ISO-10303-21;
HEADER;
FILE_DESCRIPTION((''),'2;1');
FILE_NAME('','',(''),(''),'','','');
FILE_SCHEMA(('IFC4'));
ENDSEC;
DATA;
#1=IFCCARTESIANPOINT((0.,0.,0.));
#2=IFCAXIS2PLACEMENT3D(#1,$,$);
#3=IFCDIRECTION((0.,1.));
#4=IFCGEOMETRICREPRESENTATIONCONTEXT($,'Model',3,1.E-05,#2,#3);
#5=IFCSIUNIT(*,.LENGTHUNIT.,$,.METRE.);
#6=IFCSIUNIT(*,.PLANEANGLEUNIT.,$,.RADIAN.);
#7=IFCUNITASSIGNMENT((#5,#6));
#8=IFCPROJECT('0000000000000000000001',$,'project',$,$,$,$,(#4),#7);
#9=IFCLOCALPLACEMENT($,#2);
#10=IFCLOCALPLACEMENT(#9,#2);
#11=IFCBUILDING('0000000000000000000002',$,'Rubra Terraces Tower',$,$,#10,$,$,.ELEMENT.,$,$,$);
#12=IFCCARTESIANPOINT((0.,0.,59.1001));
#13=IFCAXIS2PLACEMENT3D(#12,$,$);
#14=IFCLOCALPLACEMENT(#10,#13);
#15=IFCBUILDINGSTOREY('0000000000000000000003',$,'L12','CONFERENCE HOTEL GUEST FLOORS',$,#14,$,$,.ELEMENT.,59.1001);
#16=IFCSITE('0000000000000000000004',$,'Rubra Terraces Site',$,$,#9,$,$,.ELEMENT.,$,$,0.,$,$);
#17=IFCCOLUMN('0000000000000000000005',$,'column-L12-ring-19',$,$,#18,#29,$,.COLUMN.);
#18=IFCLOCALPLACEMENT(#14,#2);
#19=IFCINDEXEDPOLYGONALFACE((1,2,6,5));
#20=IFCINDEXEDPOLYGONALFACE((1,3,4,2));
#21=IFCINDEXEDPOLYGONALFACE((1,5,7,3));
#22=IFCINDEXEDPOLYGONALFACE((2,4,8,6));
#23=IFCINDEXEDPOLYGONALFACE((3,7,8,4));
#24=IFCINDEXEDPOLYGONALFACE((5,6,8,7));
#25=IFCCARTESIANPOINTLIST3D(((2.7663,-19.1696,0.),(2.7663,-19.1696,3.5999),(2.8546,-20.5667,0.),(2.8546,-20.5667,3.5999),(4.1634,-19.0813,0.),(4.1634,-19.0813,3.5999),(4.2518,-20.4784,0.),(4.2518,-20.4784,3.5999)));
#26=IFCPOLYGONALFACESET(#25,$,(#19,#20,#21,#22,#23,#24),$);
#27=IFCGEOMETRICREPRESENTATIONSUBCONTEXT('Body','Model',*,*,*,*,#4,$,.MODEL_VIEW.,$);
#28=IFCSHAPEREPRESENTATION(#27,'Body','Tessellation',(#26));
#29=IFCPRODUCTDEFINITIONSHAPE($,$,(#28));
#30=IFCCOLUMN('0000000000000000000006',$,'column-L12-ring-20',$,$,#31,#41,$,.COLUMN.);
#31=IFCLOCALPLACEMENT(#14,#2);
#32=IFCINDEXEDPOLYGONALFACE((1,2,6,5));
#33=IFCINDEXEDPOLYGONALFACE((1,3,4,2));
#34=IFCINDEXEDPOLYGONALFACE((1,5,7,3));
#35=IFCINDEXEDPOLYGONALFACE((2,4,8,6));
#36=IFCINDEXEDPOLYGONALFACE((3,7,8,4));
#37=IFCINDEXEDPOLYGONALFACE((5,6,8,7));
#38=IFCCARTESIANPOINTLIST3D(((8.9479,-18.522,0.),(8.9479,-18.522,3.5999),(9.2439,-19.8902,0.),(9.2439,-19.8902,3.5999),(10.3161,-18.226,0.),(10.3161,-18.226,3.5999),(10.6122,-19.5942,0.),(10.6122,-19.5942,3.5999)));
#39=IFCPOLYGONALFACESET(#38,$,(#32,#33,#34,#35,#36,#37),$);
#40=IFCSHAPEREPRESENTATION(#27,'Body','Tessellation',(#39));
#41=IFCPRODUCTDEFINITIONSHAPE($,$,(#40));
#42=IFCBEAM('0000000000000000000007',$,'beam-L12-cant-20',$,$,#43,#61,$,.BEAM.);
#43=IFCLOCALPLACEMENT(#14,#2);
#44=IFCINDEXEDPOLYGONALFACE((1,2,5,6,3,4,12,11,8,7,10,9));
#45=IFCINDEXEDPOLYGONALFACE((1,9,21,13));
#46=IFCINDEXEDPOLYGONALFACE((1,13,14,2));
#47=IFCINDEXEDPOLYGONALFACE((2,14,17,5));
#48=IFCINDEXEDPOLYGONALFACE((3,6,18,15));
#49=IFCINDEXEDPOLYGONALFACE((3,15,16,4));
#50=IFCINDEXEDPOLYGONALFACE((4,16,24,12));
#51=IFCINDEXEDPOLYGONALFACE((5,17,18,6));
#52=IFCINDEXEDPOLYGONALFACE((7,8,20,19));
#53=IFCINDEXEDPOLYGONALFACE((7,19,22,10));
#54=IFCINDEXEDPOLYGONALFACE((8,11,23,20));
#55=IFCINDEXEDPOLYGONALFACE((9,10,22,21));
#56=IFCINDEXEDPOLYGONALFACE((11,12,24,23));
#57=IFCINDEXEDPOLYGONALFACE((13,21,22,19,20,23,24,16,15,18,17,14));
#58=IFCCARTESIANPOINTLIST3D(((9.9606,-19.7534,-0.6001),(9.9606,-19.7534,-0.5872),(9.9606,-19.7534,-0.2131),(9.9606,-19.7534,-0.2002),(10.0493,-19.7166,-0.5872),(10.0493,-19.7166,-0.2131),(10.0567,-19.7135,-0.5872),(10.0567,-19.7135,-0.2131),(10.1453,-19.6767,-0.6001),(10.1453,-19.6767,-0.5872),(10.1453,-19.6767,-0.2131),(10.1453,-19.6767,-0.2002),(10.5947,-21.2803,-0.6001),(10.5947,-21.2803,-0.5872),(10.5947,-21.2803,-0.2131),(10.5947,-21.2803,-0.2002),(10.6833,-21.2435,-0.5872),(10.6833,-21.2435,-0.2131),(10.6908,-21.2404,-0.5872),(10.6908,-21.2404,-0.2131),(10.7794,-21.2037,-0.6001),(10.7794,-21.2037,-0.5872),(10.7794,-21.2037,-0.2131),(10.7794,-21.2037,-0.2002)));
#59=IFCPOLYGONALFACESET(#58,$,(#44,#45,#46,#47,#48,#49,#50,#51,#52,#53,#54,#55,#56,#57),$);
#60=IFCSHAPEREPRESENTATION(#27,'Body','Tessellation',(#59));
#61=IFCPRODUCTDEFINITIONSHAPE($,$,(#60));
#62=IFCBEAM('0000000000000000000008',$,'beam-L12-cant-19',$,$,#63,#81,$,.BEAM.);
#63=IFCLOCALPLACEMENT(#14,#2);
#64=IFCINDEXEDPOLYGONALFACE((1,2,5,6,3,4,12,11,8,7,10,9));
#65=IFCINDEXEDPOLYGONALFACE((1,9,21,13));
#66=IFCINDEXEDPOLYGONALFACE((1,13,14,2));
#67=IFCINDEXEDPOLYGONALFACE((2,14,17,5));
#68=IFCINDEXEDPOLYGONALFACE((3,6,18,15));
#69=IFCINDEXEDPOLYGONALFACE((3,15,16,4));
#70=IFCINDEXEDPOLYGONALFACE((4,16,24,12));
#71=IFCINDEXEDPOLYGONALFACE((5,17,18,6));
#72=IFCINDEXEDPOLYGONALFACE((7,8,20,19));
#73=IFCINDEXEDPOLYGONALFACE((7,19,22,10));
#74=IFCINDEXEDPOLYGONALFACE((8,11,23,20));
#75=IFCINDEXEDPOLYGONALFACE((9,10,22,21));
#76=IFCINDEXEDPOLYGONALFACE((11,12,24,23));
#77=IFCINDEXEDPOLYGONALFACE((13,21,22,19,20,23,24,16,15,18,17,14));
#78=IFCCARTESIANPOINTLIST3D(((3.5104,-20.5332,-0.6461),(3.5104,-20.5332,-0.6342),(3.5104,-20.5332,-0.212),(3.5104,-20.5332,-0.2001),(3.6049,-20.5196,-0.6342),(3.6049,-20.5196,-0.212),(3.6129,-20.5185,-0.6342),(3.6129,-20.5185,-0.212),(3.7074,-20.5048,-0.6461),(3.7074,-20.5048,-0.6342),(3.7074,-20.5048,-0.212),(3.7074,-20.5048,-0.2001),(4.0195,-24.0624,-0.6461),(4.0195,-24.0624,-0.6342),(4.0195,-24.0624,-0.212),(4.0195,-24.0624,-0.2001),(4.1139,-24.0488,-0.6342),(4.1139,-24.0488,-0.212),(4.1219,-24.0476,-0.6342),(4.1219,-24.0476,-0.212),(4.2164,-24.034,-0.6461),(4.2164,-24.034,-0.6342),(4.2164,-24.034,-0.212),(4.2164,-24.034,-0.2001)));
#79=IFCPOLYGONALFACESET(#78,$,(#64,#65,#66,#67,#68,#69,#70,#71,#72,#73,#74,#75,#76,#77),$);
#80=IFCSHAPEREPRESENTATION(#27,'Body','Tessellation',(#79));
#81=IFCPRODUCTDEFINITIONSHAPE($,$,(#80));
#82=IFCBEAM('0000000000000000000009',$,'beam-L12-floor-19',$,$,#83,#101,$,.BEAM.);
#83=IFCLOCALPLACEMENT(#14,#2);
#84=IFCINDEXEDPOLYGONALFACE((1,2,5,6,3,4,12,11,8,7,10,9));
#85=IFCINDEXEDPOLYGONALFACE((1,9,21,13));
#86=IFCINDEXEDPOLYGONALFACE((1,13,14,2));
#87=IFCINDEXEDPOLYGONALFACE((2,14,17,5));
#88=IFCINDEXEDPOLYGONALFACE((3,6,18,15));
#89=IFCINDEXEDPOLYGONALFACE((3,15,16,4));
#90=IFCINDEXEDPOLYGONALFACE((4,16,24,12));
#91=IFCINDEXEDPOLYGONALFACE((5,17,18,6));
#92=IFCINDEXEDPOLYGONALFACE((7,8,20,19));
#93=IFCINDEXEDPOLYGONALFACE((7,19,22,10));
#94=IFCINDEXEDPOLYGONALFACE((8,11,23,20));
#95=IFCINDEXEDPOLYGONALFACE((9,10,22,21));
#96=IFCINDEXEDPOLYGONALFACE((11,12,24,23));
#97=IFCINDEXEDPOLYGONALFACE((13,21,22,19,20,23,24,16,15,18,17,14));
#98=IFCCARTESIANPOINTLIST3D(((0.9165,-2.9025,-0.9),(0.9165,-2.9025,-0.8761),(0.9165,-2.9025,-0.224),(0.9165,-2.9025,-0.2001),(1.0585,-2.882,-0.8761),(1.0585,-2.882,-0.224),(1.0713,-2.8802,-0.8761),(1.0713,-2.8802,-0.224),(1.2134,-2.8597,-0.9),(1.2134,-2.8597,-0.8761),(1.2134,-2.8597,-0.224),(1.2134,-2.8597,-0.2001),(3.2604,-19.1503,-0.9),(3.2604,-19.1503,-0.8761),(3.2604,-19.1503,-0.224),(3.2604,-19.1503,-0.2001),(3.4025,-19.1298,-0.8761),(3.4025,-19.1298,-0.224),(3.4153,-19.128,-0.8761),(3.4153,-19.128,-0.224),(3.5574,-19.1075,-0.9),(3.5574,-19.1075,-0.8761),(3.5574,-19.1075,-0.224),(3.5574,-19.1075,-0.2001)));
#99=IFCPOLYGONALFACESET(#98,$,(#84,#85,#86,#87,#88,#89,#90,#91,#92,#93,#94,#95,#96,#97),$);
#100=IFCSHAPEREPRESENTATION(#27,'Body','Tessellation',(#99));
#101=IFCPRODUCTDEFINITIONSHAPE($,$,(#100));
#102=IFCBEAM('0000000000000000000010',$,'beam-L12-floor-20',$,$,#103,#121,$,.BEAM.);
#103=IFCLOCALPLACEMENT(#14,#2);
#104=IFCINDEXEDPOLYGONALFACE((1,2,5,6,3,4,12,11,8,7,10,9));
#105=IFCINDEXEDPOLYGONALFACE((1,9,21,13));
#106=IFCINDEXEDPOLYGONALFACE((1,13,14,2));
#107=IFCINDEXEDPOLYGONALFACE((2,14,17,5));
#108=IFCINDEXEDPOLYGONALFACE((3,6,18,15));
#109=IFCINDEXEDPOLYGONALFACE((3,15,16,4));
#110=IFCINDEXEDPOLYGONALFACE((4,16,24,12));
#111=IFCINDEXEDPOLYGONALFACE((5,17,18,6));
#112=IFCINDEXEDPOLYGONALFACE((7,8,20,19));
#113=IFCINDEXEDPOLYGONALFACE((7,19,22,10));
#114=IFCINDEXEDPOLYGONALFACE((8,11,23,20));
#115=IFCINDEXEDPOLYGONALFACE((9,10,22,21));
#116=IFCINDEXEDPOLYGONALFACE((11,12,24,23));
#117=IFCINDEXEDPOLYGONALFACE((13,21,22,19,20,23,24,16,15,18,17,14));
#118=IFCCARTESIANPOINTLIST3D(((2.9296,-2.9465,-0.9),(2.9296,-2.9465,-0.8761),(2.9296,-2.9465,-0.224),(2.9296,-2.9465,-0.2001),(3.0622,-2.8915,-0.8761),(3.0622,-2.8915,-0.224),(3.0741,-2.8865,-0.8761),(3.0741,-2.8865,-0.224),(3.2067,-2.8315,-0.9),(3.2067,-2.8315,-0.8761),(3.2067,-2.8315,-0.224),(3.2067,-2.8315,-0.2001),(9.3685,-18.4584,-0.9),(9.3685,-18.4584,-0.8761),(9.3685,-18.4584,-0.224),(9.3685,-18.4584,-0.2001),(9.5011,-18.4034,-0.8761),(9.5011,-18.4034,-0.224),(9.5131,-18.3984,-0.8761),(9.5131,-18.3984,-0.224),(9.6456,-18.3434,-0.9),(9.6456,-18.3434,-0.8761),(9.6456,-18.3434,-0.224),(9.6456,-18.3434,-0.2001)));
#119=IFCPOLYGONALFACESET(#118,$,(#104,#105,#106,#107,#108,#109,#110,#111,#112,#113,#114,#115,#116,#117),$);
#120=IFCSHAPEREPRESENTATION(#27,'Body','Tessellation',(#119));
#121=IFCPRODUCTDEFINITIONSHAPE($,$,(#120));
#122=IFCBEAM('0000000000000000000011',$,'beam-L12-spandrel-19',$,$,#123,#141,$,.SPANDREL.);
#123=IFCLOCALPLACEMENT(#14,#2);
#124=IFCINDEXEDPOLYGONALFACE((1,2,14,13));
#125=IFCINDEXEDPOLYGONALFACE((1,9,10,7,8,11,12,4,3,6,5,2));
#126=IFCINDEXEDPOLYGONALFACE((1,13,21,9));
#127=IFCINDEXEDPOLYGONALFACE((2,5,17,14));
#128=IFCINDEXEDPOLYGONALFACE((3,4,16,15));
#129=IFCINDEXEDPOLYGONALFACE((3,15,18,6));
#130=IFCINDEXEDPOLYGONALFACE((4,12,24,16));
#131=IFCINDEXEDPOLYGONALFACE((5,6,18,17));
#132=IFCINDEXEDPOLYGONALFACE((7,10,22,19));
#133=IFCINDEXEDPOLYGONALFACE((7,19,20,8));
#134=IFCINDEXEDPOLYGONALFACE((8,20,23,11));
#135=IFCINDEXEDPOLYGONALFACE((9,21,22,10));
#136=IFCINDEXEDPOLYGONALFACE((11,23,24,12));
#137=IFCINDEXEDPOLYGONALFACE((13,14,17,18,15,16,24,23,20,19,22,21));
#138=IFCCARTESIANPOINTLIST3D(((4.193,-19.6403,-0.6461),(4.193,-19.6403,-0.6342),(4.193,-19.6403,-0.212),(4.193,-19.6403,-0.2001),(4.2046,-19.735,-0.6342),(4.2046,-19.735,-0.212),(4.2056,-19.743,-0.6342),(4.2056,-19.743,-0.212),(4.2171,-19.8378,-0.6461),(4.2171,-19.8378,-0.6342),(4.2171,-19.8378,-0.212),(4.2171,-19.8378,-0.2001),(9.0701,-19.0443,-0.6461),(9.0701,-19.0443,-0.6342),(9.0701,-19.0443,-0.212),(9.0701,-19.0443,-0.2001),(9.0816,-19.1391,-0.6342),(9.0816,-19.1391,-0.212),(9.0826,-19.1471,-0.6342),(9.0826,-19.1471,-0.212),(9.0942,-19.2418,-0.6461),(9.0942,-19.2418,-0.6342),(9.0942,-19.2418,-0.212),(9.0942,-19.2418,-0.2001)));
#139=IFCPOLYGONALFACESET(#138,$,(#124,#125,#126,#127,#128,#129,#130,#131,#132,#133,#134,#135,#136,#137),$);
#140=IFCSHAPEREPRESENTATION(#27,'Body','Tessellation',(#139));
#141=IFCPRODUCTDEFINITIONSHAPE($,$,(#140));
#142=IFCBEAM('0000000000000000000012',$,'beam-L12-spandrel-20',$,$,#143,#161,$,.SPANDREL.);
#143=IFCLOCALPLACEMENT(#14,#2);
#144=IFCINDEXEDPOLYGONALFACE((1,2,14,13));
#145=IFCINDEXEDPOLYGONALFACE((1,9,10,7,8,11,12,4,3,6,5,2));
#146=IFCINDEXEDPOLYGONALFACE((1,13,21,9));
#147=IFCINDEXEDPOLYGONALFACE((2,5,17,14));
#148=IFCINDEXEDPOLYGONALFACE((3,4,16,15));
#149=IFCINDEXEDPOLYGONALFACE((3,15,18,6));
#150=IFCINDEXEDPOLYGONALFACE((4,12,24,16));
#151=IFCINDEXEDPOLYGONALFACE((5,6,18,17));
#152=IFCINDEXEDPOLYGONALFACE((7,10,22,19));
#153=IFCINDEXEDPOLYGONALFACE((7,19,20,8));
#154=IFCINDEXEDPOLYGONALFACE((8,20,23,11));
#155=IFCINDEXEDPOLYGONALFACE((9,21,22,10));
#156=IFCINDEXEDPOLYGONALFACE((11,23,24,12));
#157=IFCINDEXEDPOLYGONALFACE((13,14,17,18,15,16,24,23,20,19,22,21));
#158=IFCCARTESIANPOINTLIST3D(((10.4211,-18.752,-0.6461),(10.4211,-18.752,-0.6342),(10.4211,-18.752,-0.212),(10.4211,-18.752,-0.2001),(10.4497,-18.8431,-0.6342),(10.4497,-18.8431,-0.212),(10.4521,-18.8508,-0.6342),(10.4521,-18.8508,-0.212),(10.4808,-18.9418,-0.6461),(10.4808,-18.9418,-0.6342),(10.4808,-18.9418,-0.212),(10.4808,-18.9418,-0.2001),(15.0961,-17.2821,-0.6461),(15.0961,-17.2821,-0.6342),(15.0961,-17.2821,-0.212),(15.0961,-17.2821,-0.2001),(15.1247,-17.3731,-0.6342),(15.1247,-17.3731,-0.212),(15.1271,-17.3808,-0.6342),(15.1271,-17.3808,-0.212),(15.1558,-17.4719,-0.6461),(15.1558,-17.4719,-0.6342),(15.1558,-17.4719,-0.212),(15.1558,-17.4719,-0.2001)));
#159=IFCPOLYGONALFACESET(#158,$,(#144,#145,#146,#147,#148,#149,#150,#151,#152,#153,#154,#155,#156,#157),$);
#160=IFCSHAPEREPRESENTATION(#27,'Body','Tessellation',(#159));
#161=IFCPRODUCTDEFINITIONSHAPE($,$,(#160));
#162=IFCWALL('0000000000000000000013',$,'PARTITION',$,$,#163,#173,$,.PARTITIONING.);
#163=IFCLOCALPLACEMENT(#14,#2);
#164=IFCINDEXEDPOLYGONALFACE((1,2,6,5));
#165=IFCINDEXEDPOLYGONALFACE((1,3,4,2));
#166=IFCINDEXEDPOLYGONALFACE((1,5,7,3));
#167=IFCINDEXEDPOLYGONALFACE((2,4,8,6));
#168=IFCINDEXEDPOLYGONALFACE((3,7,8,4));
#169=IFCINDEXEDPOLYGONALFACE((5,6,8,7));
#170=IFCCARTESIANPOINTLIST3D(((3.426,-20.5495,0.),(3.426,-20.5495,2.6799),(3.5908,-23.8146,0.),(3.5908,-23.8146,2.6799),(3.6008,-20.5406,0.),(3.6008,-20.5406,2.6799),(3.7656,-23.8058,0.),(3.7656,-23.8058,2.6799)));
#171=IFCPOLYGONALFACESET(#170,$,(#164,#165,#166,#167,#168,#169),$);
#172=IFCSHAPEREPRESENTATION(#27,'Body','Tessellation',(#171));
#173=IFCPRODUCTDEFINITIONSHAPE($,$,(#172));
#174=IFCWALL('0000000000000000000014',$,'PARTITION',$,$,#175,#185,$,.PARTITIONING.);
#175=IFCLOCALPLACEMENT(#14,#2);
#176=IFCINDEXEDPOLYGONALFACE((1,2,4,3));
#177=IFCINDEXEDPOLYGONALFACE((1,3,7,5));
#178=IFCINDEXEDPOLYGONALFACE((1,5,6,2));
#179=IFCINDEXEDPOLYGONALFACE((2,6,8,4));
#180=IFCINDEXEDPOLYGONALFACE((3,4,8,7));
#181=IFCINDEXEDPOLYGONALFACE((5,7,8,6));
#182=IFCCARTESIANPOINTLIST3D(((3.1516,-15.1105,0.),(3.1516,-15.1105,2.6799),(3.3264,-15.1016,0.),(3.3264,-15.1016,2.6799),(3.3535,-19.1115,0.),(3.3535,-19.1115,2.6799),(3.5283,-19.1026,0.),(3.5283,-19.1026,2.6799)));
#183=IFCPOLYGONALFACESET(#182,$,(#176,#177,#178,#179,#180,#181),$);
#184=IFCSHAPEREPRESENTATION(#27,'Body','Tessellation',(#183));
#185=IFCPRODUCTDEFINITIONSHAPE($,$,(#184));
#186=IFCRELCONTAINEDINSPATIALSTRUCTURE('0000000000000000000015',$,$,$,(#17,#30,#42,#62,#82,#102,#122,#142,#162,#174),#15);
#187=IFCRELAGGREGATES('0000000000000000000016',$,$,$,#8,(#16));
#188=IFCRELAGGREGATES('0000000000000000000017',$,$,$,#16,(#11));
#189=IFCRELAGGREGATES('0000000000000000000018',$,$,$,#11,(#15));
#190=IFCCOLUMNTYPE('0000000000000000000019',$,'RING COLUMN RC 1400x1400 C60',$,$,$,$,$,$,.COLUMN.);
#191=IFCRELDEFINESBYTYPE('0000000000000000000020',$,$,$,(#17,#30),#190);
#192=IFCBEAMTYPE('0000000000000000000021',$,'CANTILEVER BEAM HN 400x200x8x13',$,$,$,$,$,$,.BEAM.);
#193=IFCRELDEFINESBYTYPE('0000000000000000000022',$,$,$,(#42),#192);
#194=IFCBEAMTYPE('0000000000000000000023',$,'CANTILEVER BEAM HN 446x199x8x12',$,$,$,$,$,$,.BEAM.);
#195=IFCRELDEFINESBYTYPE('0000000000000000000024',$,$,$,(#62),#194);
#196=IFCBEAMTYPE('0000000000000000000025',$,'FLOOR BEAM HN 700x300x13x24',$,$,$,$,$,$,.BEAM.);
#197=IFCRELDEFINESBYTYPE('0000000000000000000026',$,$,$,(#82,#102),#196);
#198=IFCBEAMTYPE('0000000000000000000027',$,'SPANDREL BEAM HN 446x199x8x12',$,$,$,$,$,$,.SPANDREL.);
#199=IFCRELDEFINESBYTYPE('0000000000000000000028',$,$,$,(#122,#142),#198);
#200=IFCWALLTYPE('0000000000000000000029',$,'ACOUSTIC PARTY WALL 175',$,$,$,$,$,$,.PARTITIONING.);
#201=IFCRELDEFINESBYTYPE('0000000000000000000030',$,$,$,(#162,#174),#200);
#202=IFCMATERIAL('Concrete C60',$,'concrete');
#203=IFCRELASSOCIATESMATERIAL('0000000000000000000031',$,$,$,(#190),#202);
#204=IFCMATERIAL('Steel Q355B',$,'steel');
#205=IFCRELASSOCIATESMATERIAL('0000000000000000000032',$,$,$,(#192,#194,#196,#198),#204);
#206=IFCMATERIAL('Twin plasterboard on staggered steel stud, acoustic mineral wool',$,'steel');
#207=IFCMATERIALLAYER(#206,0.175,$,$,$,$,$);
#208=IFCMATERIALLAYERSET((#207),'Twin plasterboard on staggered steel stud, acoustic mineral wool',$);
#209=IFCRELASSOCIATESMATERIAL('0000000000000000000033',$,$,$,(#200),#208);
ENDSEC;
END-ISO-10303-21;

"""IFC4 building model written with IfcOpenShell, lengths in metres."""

from ifc_helpers import new_model, si_unit, direction, frame, frame_2d, origin, origin_2d, place, context, subcontext, project, spatial, rectangle, i_section, extrude, material, layer, layer_set, material_profile, profile_set, type_object, element, save


model = new_model("IFC4")

# Units and contexts
model_context = context("Model", 3, precision=1e-05, world=origin(), true_north=direction((0.0, 1.0)))
body_context = subcontext(model_context, "Body", "Model", "MODEL_VIEW")
ifc_project = project(units=[si_unit("LENGTHUNIT", "METRE"), si_unit("PLANEANGLEUNIT", "RADIAN")], contexts=[model_context])

# Site, building, storey
site_placement = place(None, origin())
site = spatial("IfcSite", under=ifc_project, at=site_placement, Name="Rubra Terraces Site", CompositionType="ELEMENT", RefElevation=0.0)
building_placement = place(site_placement, origin())
building = spatial("IfcBuilding", under=site, at=building_placement, Name="Rubra Terraces Tower", CompositionType="ELEMENT")
storey_placement = place(building_placement, frame((0.0, 0.0, 59.1001)))
storey = spatial("IfcBuildingStorey", under=building, at=storey_placement, Name="L12", Description="CONFERENCE HOTEL GUEST FLOORS", CompositionType="ELEMENT", Elevation=59.1001)

# Columns
ifc_material_1 = material(Name="Concrete C60", Category="concrete")
ifc_material_profile_1 = material_profile(ifc_material_1, rectangle(XDim=1.3999, YDim=1.3999, at=origin_2d()), Name="RC 1400x1400")
ifc_profile_set_1 = profile_set([ifc_material_profile_1], Name="Concrete C60")
column_type = type_object("IfcColumnType", Name="RING COLUMN RC 1400x1400 C60", PredefinedType="COLUMN", material=ifc_profile_set_1)
for number, where, z_axis, x_axis, name in (
    (1, (3.509, -19.824, 0.0), (0.0, 0.0, 1.0), (0.998008, 0.063094, 0.0), "column-L12-ring-19"),
    (2, (9.78, -19.0581, 0.0), (0.0, 0.0, 1.0), (0.977386, 0.211462, 0.0), "column-L12-ring-20"),
):
    element("IfcColumn", number, at=place(storey_placement, frame(where, z_axis=z_axis, x_axis=x_axis)), inside=storey, type_object=column_type, Name=name, PredefinedType="COLUMN", context=body_context, shape_type="SweptSolid", body=[
        extrude(rectangle(XDim=1.3999, YDim=1.3999, at=origin_2d()), origin(), (0.0, 0.0, 1.0), 3.5999),
    ])

# Beams
ifc_material_2 = material(Name="Steel Q355B", Category="steel")
ifc_material_profile_2 = material_profile(ifc_material_2, i_section(OverallWidth=0.2, OverallDepth=0.3999, WebThickness=0.0081, FlangeThickness=0.0129, at=origin_2d()), Name="HN 400x200x8x13")
ifc_profile_set_2 = profile_set([ifc_material_profile_2], Name="Steel Q355B")
beam_type_1 = type_object("IfcBeamType", Name="CANTILEVER BEAM HN 400x200x8x13", PredefinedType="BEAM", material=ifc_profile_set_2)
beam_1_placement = place(storey_placement, frame((10.053, -19.7151, -0.4001), z_axis=(0.383504, -0.923539, 0.0), x_axis=(0.923539, 0.383504, 0.0)))
element("IfcBeam", 3, at=beam_1_placement, inside=storey, type_object=beam_type_1, Name="beam-L12-cant-20", PredefinedType="BEAM", context=body_context, shape_type="SweptSolid", body=[
    extrude(i_section(OverallWidth=0.2, OverallDepth=0.3999, WebThickness=0.0081, FlangeThickness=0.0129, at=origin_2d()), origin(), (0.0, 0.0, 1.0), 1.6533),
])
ifc_material_profile_3 = material_profile(ifc_material_2, i_section(OverallWidth=0.199, OverallDepth=0.446, WebThickness=0.0081, FlangeThickness=0.012, at=origin_2d()), Name="HN 446x199x8x12")
ifc_profile_set_3 = profile_set([ifc_material_profile_3], Name="Steel Q355B")
beam_type_2 = type_object("IfcBeamType", Name="CANTILEVER BEAM HN 446x199x8x12", PredefinedType="BEAM", material=ifc_profile_set_3)
beam_2_placement = place(storey_placement, frame((3.6089, -20.519, -0.4231), z_axis=(0.142763, -0.989757, 0.0), x_axis=(0.989757, 0.142763, 0.0)))
element("IfcBeam", 4, at=beam_2_placement, inside=storey, type_object=beam_type_2, Name="beam-L12-cant-19", PredefinedType="BEAM", context=body_context, shape_type="SweptSolid", body=[
    extrude(i_section(OverallWidth=0.199, OverallDepth=0.446, WebThickness=0.0081, FlangeThickness=0.012, at=origin_2d()), origin(), (0.0, 0.0, 1.0), 3.5657),
])
ifc_material_profile_4 = material_profile(ifc_material_2, i_section(OverallWidth=0.3, OverallDepth=0.7, WebThickness=0.0129, FlangeThickness=0.0239, at=origin_2d()), Name="HN 700x300x13x24")
ifc_profile_set_4 = profile_set([ifc_material_profile_4], Name="Steel Q355B")
beam_type_3 = type_object("IfcBeamType", Name="FLOOR BEAM HN 700x300x13x24", PredefinedType="BEAM", material=ifc_profile_set_4)
beam_3_placement = place(storey_placement, frame((3.4089, -19.1289, -0.55), z_axis=(-0.142787, 0.989753, 0.0), x_axis=(-0.989753, -0.142787, 0.0)))
element("IfcBeam", 5, at=beam_3_placement, inside=storey, type_object=beam_type_3, Name="beam-L12-floor-19", PredefinedType="BEAM", context=body_context, shape_type="SweptSolid", body=[
    extrude(i_section(OverallWidth=0.3, OverallDepth=0.7, WebThickness=0.0129, FlangeThickness=0.0239, at=origin_2d()), origin(), (0.0, 0.0, 1.0), 16.416),
])
beam_4_placement = place(storey_placement, frame((9.5071, -18.4009, -0.55), z_axis=(-0.38338, 0.923591, 0.0), x_axis=(-0.923591, -0.38338, 0.0)))
element("IfcBeam", 6, at=beam_4_placement, inside=storey, type_object=beam_type_3, Name="beam-L12-floor-20", PredefinedType="BEAM", context=body_context, shape_type="SweptSolid", body=[
    extrude(i_section(OverallWidth=0.3, OverallDepth=0.7, WebThickness=0.0129, FlangeThickness=0.0239, at=origin_2d()), origin(), (0.0, 0.0, 1.0), 16.7952),
])
ifc_material_profile_5 = material_profile(ifc_material_2, i_section(OverallWidth=0.199, OverallDepth=0.446, WebThickness=0.0081, FlangeThickness=0.012, at=origin_2d()), Name="HN 446x199x8x12")
ifc_profile_set_5 = profile_set([ifc_material_profile_5], Name="Steel Q355B")
beam_type_4 = type_object("IfcBeamType", Name="SPANDREL BEAM HN 446x199x8x12", PredefinedType="SPANDREL", material=ifc_profile_set_5)
beam_5_placement = place(storey_placement, frame((4.2051, -19.739, -0.4231), z_axis=(0.992617, 0.121294, 0.0), x_axis=(-0.121294, 0.992617, 0.0)))
element("IfcBeam", 7, at=beam_5_placement, inside=storey, type_object=beam_type_4, Name="beam-L12-spandrel-19", PredefinedType="SPANDREL", context=body_context, shape_type="SweptSolid", body=[
    extrude(i_section(OverallWidth=0.199, OverallDepth=0.446, WebThickness=0.0081, FlangeThickness=0.012, at=origin_2d()), origin(), (0.0, 0.0, 1.0), 4.9133),
])
beam_6_placement = place(storey_placement, frame((10.4509, -18.8469, -0.4231), z_axis=(0.953955, 0.299951, 0.0), x_axis=(-0.299951, 0.953955, 0.0)))
element("IfcBeam", 8, at=beam_6_placement, inside=storey, type_object=beam_type_4, Name="beam-L12-spandrel-20", PredefinedType="SPANDREL", context=body_context, shape_type="SweptSolid", body=[
    extrude(i_section(OverallWidth=0.199, OverallDepth=0.446, WebThickness=0.0081, FlangeThickness=0.012, at=origin_2d()), origin(), (0.0, 0.0, 1.0), 4.9006),
])

# Walls
ifc_material_3 = material(Name="Twin plasterboard on staggered steel stud, acoustic mineral wool", Category="steel")
ifc_layer_1 = layer(ifc_material_3, 0.175)
ifc_layer_set_1 = layer_set([ifc_layer_1], Name="Twin plasterboard on staggered steel stud, acoustic mineral wool")
wall_type_1 = type_object("IfcWallType", Name="ACOUSTIC PARTY WALL 175", PredefinedType="PARTITIONING", material=ifc_layer_set_1)
wall_1_placement = place(storey_placement, frame((3.6782, -23.8103, 0.0), z_axis=(0.0, 0.0, 1.0), x_axis=(-0.050407, 0.998729, 0.0)))
element("IfcWall", 9, at=wall_1_placement, inside=storey, type_object=wall_type_1, Name="PARTITION", PredefinedType="PARTITIONING", context=body_context, shape_type="SweptSolid", body=[
    extrude(rectangle(XDim=3.2693, YDim=0.175, at=frame_2d((1.6348, 0.0))), origin(), (0.0, 0.0, 1.0), 2.6799),
])
wall_2_placement = place(storey_placement, frame((3.4409, -19.1069, 0.0), z_axis=(0.0, 0.0, 1.0), x_axis=(-0.0504, 0.998729, 0.0)))
element("IfcWall", 10, at=wall_2_placement, inside=storey, type_object=wall_type_1, Name="PARTITION", PredefinedType="PARTITIONING", context=body_context, shape_type="SweptSolid", body=[
    extrude(rectangle(XDim=4.0061, YDim=0.175, at=frame_2d((2.0029, 0.0))), origin(), (0.0, 0.0, 1.0), 2.6799),
])

save(model, "model.ifc")
